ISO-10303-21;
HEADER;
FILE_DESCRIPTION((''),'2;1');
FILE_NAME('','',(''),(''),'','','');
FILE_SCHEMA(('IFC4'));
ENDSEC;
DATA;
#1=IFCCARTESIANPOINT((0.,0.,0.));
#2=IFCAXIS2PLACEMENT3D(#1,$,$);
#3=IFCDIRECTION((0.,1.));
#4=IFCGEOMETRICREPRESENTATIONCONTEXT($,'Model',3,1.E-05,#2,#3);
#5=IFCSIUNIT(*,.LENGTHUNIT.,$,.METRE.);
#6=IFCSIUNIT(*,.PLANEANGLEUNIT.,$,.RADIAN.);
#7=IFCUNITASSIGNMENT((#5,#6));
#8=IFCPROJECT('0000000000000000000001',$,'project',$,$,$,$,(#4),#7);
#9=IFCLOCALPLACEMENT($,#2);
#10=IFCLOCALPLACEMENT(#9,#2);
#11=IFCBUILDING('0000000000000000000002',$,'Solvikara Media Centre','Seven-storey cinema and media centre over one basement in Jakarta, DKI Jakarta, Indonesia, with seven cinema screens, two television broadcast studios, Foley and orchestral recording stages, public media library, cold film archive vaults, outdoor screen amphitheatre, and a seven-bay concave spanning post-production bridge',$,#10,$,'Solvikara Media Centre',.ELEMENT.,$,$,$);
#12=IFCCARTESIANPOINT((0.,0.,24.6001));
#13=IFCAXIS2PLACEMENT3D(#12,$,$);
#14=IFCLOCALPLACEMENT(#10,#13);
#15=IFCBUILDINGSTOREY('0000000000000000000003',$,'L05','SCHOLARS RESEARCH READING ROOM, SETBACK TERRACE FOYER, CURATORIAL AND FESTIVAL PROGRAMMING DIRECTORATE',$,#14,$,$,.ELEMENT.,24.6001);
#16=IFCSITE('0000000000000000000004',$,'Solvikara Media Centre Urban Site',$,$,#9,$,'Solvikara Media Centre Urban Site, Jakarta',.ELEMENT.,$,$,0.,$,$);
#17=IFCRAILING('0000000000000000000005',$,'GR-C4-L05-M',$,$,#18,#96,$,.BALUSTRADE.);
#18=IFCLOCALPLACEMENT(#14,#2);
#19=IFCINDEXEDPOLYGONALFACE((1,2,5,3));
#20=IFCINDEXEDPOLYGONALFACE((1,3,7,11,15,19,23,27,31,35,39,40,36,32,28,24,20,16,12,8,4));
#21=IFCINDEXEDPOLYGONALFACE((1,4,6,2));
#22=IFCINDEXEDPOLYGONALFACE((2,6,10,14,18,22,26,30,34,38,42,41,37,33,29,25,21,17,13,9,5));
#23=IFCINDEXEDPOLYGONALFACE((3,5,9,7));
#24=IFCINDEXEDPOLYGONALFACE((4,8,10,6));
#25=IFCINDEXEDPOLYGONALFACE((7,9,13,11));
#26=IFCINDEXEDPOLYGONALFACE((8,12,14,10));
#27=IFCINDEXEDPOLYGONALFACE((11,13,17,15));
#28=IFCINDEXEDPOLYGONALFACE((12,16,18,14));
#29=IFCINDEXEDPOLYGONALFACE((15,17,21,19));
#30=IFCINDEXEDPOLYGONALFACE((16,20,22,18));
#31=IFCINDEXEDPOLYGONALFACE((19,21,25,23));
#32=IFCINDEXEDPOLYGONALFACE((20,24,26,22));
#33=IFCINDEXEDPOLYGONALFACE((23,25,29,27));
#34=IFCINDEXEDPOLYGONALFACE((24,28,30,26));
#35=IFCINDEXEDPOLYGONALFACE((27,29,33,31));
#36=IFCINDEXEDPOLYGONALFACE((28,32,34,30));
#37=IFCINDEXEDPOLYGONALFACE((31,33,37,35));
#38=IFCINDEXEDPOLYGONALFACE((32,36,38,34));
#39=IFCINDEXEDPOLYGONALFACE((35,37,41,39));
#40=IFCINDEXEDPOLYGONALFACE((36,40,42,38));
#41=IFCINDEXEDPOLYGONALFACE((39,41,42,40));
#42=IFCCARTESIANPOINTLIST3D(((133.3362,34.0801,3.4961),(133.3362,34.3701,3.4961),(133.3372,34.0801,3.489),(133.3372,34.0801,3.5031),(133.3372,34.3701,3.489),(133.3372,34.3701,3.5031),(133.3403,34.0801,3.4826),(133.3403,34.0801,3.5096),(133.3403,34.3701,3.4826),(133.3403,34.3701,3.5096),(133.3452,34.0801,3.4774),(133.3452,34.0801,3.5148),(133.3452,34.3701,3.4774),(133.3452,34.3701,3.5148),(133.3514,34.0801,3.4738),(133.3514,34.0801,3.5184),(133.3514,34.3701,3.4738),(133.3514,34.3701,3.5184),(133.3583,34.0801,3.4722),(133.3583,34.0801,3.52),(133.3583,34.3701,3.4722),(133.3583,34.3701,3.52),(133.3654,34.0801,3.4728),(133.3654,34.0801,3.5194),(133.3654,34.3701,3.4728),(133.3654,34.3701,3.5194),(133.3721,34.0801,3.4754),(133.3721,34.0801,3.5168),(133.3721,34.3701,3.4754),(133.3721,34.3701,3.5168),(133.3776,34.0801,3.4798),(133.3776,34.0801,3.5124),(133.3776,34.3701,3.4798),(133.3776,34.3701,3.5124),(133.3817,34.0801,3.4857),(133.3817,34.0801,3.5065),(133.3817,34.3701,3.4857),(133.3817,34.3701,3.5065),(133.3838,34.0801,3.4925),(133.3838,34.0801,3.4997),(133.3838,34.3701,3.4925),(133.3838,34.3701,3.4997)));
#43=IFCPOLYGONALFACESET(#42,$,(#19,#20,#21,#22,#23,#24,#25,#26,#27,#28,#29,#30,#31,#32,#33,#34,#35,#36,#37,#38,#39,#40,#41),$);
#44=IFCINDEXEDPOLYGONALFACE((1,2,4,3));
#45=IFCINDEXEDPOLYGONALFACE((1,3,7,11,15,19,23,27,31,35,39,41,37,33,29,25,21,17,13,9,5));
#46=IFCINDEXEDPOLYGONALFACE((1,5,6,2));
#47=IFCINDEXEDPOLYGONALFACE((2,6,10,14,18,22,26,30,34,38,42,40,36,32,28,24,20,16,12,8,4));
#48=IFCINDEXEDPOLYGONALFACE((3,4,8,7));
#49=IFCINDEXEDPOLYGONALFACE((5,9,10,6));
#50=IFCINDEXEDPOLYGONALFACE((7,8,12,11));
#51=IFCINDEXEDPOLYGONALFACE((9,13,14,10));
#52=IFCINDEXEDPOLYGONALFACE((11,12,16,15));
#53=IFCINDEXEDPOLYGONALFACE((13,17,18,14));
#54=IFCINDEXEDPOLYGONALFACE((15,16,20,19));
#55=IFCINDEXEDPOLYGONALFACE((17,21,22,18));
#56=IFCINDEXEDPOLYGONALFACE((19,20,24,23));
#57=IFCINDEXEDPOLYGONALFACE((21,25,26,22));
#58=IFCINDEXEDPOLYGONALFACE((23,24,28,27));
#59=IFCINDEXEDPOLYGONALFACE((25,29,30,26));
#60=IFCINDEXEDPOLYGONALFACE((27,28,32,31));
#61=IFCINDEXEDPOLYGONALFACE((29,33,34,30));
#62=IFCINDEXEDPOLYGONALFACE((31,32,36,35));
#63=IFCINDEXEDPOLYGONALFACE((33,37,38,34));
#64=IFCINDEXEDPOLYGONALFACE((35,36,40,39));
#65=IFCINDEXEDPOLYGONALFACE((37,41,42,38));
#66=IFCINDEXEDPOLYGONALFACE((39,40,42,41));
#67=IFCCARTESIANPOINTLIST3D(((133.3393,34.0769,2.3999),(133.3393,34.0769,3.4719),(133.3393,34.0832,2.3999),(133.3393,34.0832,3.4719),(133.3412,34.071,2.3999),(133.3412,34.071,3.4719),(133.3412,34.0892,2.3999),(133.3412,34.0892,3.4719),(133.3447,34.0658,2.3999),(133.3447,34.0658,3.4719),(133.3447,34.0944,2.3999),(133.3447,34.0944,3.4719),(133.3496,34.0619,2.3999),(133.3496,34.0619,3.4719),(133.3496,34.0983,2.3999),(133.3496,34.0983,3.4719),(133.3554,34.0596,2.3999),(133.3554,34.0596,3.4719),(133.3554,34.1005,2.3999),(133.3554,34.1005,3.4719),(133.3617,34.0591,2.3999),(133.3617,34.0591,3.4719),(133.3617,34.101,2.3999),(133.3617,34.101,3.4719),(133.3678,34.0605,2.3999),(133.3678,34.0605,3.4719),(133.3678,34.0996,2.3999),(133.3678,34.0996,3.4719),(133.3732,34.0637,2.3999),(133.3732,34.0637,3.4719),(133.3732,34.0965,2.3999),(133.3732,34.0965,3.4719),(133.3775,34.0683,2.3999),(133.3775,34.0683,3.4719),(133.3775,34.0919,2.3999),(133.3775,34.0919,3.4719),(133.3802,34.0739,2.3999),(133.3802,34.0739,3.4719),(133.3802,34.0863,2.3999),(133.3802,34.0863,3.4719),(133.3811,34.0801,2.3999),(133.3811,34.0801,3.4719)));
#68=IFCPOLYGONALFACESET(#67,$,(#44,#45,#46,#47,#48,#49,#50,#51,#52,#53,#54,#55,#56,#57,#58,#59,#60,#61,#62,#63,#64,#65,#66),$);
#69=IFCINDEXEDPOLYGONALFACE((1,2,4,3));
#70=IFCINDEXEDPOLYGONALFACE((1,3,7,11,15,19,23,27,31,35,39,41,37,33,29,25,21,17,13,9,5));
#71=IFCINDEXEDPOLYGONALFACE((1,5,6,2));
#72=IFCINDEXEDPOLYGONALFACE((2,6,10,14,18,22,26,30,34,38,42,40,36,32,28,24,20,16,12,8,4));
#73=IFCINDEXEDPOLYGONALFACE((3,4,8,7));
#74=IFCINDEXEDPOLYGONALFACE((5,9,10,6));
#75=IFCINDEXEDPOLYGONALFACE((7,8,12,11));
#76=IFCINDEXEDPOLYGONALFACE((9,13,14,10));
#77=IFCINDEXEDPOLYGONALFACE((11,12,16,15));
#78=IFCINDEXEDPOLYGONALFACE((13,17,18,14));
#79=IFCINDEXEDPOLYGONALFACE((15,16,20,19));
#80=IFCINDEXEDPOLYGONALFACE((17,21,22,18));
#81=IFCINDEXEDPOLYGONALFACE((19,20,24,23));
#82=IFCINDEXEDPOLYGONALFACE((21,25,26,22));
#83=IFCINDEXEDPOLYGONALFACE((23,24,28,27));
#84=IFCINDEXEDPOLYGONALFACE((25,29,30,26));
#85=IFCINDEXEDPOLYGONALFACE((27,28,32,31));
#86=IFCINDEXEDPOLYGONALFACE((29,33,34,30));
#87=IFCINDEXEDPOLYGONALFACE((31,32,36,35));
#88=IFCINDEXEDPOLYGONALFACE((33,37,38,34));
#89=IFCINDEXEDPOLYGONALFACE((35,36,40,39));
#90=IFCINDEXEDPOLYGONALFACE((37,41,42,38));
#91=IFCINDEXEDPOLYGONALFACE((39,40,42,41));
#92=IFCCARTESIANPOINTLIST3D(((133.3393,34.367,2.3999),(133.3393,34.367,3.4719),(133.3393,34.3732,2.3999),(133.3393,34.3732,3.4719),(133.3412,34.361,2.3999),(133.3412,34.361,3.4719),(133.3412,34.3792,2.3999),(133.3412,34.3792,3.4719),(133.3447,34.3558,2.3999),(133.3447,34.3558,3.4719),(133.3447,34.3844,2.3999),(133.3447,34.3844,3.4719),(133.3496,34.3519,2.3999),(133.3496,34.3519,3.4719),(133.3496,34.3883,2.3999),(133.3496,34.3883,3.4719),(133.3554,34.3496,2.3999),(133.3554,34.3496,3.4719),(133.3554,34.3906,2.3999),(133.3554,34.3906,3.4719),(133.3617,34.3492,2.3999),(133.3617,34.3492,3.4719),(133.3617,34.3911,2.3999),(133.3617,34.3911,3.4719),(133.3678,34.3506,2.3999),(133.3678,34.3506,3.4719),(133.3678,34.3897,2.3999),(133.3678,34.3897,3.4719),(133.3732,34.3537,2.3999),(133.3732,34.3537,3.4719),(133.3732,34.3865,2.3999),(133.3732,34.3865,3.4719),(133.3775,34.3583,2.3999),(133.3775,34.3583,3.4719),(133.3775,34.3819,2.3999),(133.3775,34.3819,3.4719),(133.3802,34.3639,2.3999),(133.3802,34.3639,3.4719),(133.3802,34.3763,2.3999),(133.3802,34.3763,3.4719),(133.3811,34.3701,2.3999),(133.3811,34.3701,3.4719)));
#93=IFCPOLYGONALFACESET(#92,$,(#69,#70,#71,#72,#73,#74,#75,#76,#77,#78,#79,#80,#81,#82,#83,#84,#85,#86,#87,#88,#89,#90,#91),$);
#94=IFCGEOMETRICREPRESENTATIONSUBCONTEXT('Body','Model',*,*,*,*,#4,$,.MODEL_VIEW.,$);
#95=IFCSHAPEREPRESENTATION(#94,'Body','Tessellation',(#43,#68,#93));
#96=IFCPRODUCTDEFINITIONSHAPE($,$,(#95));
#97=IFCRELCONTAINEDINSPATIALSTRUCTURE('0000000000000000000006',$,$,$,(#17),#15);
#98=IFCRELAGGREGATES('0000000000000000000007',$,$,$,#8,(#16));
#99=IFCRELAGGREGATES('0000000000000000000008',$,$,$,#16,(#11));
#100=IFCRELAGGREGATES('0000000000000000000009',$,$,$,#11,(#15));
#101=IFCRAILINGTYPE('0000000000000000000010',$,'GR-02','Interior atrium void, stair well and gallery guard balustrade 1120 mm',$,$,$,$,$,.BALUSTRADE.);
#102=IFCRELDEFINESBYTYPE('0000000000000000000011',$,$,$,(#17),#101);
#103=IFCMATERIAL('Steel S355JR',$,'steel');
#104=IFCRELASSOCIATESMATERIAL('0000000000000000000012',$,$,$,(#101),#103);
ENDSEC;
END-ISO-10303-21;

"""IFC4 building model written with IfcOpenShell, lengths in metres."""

from ifc_helpers import new_model, si_unit, direction, frame, origin, origin_2d, place, context, subcontext, project, spatial, circle, extrude, material, type_object, element, save


model = new_model("IFC4")

# Units and contexts
model_context = context("Model", 3, precision=1e-05, world=origin(), true_north=direction((0.0, 1.0)))
body_context = subcontext(model_context, "Body", "Model", "MODEL_VIEW")
ifc_project = project(units=[si_unit("LENGTHUNIT", "METRE"), si_unit("PLANEANGLEUNIT", "RADIAN")], contexts=[model_context])

# Site, building, storey
site_placement = place(None, origin())
site = spatial("IfcSite", under=ifc_project, at=site_placement, Name="Solvikara Media Centre Urban Site", LongName="Solvikara Media Centre Urban Site, Jakarta", CompositionType="ELEMENT", RefElevation=0.0)
building_placement = place(site_placement, origin())
building = spatial("IfcBuilding", under=site, at=building_placement, Name="Solvikara Media Centre", Description="Seven-storey cinema and media centre over one basement in Jakarta, DKI Jakarta, Indonesia, with seven cinema screens, two television broadcast studios, Foley and orchestral recording stages, public media library, cold film archive vaults, outdoor screen amphitheatre, and a seven-bay concave spanning post-production bridge", LongName="Solvikara Media Centre", CompositionType="ELEMENT")
storey_placement = place(building_placement, frame((0.0, 0.0, 24.6001)))
storey = spatial("IfcBuildingStorey", under=building, at=storey_placement, Name="L05", Description="SCHOLARS RESEARCH READING ROOM, SETBACK TERRACE FOYER, CURATORIAL AND FESTIVAL PROGRAMMING DIRECTORATE", CompositionType="ELEMENT", Elevation=24.6001)

# Shared definitions
ifc_material_1 = material(Name="Steel S355JR", Category="steel")

# Railing
railing_type_1 = type_object("IfcRailingType", Name="GR-02", Description="Interior atrium void, stair well and gallery guard balustrade 1120 mm", PredefinedType="BALUSTRADE", material=ifc_material_1)
railing_1_placement = place(storey_placement, frame((133.3601, 34.0801, 2.3999)))
element("IfcRailing", 1, at=railing_1_placement, inside=storey, type_object=railing_type_1, Name="GR-C4-L05-M", PredefinedType="BALUSTRADE", context=body_context, shape_type="SweptSolid", body=[
    extrude(circle(Radius=0.0239, at=origin_2d()), frame((0.0, 0.0, 1.0962), z_axis=(0.0, 1.0, 0.0), x_axis=(-1.0, 0.0, 0.0)), (0.0, 0.0, 1.0), 0.29),
    extrude(circle(Radius=0.021, at=origin_2d()), origin(), (0.0, 0.0, 1.0), 1.072),
    extrude(circle(Radius=0.021, at=origin_2d()), frame((0.0, 0.29, 0.0)), (0.0, 0.0, 1.0), 1.072),
])

save(model, "model.ifc")
